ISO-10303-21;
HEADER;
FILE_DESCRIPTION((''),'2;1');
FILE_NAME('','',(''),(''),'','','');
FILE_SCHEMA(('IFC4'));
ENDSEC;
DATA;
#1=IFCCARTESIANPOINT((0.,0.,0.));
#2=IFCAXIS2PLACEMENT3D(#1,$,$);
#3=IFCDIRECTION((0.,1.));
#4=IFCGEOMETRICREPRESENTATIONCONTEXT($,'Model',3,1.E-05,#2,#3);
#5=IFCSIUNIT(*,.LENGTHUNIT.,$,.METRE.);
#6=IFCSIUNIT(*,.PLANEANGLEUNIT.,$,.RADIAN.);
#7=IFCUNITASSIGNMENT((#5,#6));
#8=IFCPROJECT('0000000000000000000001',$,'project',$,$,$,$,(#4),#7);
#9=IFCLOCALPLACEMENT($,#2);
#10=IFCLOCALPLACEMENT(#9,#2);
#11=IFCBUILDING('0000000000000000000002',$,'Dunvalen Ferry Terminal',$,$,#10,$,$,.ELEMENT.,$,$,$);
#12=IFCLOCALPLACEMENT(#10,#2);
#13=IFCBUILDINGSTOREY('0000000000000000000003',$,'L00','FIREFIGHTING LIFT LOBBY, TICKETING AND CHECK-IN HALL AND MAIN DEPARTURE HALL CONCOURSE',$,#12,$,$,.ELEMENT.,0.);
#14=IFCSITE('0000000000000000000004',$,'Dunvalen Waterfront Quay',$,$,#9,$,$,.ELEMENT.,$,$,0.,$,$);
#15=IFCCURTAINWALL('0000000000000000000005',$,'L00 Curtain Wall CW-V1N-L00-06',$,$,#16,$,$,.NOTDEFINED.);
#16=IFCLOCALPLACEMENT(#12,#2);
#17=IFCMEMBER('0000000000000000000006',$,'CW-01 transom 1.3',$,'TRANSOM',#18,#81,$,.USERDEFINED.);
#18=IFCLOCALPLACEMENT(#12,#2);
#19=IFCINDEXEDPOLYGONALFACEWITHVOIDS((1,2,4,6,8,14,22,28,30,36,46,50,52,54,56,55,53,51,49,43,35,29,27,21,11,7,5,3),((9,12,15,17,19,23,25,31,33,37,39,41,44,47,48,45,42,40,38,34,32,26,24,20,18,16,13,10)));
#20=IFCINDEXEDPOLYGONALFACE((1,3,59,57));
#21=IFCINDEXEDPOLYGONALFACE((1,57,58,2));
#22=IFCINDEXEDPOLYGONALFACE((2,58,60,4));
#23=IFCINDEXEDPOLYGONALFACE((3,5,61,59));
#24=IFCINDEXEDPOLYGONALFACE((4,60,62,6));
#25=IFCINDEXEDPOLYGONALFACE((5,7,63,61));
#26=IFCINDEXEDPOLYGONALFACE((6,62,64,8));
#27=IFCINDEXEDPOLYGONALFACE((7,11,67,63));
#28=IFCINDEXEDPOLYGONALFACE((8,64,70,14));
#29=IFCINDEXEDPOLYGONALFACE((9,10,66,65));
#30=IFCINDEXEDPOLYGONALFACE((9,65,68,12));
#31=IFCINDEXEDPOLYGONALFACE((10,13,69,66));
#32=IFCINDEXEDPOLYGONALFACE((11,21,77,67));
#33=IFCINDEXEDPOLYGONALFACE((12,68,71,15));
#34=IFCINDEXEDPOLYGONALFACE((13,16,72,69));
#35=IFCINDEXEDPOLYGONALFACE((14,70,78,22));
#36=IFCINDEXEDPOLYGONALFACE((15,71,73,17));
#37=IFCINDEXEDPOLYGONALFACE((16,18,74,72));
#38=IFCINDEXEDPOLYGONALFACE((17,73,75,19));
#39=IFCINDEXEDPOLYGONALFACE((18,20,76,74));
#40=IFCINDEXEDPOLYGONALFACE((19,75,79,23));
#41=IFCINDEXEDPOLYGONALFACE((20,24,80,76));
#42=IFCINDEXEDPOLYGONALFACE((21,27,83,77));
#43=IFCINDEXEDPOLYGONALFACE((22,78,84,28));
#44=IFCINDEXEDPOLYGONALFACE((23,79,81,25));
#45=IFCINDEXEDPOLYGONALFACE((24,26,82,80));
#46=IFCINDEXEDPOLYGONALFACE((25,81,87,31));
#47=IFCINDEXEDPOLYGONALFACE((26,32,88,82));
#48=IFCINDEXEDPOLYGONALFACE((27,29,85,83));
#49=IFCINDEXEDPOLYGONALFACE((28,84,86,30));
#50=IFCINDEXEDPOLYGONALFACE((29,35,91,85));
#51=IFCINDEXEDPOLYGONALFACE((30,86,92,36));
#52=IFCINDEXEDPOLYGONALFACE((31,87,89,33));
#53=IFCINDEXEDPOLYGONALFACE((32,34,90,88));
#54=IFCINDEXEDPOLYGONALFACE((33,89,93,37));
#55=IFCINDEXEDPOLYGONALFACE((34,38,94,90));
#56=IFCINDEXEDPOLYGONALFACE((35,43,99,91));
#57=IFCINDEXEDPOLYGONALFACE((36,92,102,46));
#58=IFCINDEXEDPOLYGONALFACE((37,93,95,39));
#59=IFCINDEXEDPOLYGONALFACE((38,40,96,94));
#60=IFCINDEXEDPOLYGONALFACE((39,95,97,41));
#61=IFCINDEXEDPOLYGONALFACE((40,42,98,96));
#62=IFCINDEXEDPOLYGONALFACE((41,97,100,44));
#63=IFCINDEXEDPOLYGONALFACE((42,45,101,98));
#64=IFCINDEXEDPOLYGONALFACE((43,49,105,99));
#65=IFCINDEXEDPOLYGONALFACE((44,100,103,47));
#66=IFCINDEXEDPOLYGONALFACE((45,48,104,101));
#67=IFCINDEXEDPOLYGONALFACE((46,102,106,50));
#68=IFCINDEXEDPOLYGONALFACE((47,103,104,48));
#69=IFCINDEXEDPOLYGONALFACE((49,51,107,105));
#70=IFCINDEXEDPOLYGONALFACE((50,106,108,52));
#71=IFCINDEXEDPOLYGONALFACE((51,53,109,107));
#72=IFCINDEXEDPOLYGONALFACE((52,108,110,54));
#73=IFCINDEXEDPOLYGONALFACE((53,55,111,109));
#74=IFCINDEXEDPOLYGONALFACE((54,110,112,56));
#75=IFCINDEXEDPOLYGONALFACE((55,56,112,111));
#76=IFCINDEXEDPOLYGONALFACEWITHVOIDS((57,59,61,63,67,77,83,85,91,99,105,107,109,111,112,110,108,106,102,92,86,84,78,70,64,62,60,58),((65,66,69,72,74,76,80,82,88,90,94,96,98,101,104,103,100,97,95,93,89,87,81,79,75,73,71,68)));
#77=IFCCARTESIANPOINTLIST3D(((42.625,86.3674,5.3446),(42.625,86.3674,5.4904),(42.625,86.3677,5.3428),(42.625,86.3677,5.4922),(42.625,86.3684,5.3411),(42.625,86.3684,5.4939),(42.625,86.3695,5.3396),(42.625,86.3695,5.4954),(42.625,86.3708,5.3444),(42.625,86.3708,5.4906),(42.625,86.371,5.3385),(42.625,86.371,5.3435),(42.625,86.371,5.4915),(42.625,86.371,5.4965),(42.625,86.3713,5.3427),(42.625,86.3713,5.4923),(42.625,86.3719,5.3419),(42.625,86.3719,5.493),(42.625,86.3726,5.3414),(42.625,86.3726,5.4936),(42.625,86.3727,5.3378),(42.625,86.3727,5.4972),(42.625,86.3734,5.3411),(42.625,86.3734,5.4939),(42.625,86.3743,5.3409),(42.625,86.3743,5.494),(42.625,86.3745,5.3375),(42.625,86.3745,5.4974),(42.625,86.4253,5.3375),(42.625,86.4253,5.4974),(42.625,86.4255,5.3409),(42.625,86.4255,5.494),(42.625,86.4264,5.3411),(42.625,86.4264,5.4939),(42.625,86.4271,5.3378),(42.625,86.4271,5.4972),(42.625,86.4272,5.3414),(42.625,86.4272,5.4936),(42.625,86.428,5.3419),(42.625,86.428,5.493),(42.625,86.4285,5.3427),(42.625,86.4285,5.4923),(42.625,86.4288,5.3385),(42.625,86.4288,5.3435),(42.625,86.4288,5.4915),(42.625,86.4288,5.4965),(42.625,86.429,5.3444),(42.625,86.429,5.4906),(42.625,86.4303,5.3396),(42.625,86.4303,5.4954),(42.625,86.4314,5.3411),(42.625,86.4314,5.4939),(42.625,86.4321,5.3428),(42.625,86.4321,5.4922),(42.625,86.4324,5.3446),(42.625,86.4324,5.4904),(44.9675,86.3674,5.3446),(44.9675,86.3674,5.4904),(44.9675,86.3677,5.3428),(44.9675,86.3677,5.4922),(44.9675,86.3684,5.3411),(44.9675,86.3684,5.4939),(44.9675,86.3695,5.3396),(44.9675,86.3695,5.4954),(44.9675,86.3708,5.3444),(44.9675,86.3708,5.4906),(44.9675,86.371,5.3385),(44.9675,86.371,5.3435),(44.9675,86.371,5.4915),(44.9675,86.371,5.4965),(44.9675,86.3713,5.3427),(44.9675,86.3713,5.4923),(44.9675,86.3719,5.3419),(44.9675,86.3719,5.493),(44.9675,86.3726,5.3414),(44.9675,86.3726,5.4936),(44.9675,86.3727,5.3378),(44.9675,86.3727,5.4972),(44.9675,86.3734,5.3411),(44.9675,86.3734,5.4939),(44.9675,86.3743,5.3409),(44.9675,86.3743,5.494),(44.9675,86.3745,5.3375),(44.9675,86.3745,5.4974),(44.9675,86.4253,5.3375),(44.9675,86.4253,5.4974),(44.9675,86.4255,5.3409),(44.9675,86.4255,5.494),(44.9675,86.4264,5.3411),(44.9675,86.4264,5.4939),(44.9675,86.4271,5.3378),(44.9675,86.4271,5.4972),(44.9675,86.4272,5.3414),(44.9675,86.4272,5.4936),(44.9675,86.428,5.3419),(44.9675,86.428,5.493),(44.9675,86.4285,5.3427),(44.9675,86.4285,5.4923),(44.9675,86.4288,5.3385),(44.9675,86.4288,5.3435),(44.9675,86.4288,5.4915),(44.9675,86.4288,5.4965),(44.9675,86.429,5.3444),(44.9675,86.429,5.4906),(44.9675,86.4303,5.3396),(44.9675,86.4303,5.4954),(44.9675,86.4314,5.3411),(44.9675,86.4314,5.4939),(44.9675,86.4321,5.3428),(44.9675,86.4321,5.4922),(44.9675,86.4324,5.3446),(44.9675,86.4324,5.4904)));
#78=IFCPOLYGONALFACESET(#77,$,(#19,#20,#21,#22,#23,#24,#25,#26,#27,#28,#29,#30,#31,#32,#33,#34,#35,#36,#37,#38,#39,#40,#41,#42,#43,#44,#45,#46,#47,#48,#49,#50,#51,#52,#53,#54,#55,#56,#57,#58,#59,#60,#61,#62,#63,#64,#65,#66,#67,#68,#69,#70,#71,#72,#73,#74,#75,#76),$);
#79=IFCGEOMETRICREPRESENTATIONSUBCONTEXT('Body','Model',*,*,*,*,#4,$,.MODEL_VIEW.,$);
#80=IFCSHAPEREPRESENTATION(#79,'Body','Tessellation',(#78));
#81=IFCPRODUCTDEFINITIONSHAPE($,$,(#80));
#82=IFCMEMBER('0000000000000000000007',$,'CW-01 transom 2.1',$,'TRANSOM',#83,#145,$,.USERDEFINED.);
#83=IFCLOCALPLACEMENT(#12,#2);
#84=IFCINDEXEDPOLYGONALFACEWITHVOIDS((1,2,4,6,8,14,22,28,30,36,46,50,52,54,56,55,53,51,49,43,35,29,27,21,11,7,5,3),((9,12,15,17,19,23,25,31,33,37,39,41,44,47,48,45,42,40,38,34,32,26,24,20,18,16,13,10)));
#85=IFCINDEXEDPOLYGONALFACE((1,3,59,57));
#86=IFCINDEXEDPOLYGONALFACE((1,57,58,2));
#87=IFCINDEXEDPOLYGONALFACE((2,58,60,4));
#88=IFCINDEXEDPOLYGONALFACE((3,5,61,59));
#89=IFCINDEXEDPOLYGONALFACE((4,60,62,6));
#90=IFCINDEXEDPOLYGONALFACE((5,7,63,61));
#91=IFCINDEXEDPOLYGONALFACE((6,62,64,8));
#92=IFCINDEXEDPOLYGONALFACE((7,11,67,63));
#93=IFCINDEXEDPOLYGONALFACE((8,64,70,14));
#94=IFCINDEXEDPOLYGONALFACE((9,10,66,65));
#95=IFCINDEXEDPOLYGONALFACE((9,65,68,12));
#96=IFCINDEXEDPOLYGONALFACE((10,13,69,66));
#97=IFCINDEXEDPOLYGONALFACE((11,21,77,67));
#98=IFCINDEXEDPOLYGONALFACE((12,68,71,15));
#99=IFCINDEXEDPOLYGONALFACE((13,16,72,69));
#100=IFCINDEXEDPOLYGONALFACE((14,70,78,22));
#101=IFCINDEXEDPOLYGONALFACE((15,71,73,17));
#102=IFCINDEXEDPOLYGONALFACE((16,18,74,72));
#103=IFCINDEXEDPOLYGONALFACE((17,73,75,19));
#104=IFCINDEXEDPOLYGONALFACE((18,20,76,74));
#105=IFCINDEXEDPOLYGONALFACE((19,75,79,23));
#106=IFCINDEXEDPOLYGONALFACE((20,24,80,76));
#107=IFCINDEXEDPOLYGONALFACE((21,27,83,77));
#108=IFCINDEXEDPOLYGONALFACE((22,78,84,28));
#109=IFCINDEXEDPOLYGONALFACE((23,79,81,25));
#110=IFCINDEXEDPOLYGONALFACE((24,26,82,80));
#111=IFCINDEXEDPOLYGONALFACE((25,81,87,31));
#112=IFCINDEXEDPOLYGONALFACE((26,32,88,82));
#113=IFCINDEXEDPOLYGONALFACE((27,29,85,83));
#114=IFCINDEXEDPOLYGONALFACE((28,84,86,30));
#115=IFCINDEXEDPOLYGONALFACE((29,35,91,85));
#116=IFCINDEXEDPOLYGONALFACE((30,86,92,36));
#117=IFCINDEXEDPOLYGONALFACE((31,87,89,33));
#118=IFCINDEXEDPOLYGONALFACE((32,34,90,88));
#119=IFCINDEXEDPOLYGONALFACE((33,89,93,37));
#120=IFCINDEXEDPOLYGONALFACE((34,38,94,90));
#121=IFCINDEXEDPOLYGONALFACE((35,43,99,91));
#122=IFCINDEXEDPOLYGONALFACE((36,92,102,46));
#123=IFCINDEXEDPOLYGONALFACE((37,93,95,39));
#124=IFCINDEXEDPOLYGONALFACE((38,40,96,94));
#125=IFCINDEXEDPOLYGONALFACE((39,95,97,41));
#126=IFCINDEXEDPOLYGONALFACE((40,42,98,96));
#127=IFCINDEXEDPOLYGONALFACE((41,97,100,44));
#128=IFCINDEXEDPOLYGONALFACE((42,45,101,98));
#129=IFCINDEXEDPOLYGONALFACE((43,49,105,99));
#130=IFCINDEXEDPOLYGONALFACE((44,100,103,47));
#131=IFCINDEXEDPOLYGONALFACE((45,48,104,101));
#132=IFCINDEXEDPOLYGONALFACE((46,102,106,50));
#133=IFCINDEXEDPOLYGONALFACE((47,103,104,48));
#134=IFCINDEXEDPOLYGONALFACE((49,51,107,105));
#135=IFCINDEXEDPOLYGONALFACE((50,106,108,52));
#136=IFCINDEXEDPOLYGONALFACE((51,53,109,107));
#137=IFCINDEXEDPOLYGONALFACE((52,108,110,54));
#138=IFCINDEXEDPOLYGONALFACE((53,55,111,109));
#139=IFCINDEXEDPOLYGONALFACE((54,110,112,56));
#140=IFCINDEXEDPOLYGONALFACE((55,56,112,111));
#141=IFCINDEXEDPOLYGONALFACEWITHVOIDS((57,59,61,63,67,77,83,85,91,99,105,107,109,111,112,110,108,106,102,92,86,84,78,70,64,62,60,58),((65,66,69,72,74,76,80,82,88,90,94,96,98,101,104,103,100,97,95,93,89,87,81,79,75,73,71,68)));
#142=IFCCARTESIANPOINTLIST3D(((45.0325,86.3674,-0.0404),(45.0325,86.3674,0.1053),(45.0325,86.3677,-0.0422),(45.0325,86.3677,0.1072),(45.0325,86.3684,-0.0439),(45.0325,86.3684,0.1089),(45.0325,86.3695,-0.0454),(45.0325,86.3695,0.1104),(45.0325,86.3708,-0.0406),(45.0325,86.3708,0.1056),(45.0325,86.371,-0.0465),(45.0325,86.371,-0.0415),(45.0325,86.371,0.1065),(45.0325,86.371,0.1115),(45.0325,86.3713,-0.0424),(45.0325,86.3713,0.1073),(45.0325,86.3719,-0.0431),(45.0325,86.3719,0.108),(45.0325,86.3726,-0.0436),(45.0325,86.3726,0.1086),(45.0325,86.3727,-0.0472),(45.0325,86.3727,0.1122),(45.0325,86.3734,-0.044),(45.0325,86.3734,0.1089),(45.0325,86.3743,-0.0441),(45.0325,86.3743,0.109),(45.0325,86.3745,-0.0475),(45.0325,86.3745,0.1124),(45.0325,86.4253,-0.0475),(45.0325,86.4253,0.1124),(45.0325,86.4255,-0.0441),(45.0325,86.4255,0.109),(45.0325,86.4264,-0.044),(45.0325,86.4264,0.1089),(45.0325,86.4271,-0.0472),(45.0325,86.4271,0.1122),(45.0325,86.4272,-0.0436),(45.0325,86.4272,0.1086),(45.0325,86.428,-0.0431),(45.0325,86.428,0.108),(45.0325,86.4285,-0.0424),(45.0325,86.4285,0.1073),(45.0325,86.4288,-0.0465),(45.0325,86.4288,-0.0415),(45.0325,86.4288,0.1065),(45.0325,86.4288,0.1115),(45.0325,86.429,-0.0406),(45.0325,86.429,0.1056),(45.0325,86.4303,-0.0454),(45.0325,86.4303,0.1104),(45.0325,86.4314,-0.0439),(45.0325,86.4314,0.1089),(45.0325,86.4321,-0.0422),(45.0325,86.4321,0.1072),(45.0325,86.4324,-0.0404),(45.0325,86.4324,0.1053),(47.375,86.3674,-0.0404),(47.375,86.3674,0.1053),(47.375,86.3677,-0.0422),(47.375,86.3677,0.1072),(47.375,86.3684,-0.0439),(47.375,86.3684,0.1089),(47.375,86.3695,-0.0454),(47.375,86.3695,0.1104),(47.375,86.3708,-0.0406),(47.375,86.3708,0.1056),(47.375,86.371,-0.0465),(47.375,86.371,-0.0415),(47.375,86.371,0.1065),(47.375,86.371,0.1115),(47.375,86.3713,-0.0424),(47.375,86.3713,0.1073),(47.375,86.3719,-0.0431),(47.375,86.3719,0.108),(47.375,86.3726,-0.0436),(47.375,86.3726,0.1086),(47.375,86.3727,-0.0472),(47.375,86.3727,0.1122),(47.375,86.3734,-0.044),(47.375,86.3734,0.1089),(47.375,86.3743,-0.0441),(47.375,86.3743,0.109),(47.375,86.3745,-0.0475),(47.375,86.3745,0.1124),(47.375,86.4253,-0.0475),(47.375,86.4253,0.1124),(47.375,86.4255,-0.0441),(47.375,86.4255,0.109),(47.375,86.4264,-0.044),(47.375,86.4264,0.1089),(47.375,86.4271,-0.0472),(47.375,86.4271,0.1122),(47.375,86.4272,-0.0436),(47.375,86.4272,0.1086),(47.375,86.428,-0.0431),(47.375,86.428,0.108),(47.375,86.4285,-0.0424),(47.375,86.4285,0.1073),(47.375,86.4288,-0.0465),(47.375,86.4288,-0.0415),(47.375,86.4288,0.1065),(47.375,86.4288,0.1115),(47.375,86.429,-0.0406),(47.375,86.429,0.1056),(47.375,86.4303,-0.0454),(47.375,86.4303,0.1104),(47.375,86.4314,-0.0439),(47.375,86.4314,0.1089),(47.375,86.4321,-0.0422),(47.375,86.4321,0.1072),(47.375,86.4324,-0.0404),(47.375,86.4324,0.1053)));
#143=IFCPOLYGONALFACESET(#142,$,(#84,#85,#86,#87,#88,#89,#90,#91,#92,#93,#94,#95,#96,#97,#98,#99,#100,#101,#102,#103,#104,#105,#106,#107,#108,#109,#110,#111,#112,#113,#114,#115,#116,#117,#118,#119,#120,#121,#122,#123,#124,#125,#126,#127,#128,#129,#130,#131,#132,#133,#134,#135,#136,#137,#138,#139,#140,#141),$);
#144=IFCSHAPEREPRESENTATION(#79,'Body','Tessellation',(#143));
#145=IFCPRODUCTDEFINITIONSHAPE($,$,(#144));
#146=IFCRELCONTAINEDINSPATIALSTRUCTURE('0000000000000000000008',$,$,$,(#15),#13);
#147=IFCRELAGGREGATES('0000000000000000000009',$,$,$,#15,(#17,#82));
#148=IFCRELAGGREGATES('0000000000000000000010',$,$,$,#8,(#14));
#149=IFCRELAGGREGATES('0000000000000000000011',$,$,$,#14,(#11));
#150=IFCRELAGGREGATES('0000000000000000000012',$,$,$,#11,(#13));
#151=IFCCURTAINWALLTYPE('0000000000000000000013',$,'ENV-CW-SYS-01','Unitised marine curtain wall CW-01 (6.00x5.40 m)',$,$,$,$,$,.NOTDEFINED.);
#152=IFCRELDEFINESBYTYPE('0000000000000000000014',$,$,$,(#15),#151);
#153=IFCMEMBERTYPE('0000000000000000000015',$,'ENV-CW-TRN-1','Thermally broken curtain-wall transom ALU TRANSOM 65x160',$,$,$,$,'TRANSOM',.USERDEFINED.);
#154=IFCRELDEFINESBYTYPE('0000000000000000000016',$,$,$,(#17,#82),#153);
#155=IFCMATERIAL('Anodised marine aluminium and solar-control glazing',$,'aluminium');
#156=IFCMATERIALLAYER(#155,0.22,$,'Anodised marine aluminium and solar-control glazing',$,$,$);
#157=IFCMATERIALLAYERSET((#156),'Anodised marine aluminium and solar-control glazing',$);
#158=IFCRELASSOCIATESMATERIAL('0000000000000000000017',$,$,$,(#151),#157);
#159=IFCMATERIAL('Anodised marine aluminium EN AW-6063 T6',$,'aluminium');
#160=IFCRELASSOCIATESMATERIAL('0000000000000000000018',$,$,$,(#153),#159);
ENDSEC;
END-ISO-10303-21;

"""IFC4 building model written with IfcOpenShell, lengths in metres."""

from ifc_helpers import new_model, si_unit, direction, frame, origin, origin_2d, place, context, subcontext, project, spatial, hollow_rectangle, extrude, material, layer, layer_set, material_profile, profile_set, type_object, element, aggregate, save


model = new_model("IFC4")

# Units and contexts
model_context = context("Model", 3, precision=1e-05, world=origin(), true_north=direction((0.0, 1.0)))
body_context = subcontext(model_context, "Body", "Model", "MODEL_VIEW")
ifc_project = project(units=[si_unit("LENGTHUNIT", "METRE"), si_unit("PLANEANGLEUNIT", "RADIAN")], contexts=[model_context])

# Site, building, storey
site_placement = place(None, origin())
site = spatial("IfcSite", under=ifc_project, at=site_placement, Name="Dunvalen Waterfront Quay", CompositionType="ELEMENT", RefElevation=0.0)
building_placement = place(site_placement, origin())
building = spatial("IfcBuilding", under=site, at=building_placement, Name="Dunvalen Ferry Terminal", CompositionType="ELEMENT")
storey_placement = place(building_placement, origin())
storey = spatial("IfcBuildingStorey", under=building, at=storey_placement, Name="L00", Description="FIREFIGHTING LIFT LOBBY, TICKETING AND CHECK-IN HALL AND MAIN DEPARTURE HALL CONCOURSE", CompositionType="ELEMENT", Elevation=0.0)

# Shared definitions
ifc_material_1 = material(Name="Anodised marine aluminium and solar-control glazing", Category="aluminium")
ifc_layer_1 = layer(ifc_material_1, 0.22, Name="Anodised marine aluminium and solar-control glazing")
ifc_layer_set_1 = layer_set([ifc_layer_1], Name="Anodised marine aluminium and solar-control glazing")
curtain_wall_type = type_object("IfcCurtainWallType", Name="ENV-CW-SYS-01", Description="Unitised marine curtain wall CW-01 (6.00x5.40 m)", PredefinedType="NOTDEFINED", material=ifc_layer_set_1)
ifc_material_2 = material(Name="Anodised marine aluminium EN AW-6063 T6", Category="aluminium")

# Curtain wall, members
curtain_wall_1_placement = place(storey_placement, origin())
curtain_wall_1 = element("IfcCurtainWall", 1, at=curtain_wall_1_placement, inside=storey, type_object=curtain_wall_type, Name="L00 Curtain Wall CW-V1N-L00-06", PredefinedType="NOTDEFINED")
ifc_material_profile_1 = material_profile(ifc_material_2, hollow_rectangle(XDim=0.0649, YDim=0.1599, WallThickness=0.0034, InnerFilletRadius=0.0034, OuterFilletRadius=0.0071, at=origin_2d()), Name="Anodised marine aluminium EN AW-6063 T6")
ifc_profile_set_1 = profile_set([ifc_material_profile_1], Name="Anodised marine aluminium EN AW-6063 T6")
member_type_1 = type_object("IfcMemberType", Name="ENV-CW-TRN-1", Description="Thermally broken curtain-wall transom ALU TRANSOM 65x160", ElementType="TRANSOM", PredefinedType="USERDEFINED", material=ifc_profile_set_1)
member_1_placement = place(storey_placement, frame((42.625, 86.3999, 5.4175), z_axis=(1.0, 0.0, 0.0), x_axis=(0.0, 1.0, 0.0)))
member_1 = element("IfcMember", 2, at=member_1_placement, type_object=member_type_1, Name="CW-01 transom 1.3", ObjectType="TRANSOM", PredefinedType="USERDEFINED", context=body_context, shape_type="SweptSolid", body=[
    extrude(hollow_rectangle(XDim=0.0649, YDim=0.1599, WallThickness=0.0034, InnerFilletRadius=0.0034, OuterFilletRadius=0.0071, at=origin_2d()), origin(), (0.0, 0.0, 1.0), 2.3425),
])
member_2_placement = place(storey_placement, frame((45.0325, 86.3999, 0.0325), z_axis=(1.0, 0.0, 0.0), x_axis=(0.0, 1.0, 0.0)))
member_2 = element("IfcMember", 3, at=member_2_placement, type_object=member_type_1, Name="CW-01 transom 2.1", ObjectType="TRANSOM", PredefinedType="USERDEFINED", context=body_context, shape_type="SweptSolid", body=[
    extrude(hollow_rectangle(XDim=0.0649, YDim=0.1599, WallThickness=0.0034, InnerFilletRadius=0.0034, OuterFilletRadius=0.0071, at=origin_2d()), origin(), (0.0, 0.0, 1.0), 2.3425),
])
aggregate(curtain_wall_1, [member_1, member_2])

save(model, "model.ifc")
